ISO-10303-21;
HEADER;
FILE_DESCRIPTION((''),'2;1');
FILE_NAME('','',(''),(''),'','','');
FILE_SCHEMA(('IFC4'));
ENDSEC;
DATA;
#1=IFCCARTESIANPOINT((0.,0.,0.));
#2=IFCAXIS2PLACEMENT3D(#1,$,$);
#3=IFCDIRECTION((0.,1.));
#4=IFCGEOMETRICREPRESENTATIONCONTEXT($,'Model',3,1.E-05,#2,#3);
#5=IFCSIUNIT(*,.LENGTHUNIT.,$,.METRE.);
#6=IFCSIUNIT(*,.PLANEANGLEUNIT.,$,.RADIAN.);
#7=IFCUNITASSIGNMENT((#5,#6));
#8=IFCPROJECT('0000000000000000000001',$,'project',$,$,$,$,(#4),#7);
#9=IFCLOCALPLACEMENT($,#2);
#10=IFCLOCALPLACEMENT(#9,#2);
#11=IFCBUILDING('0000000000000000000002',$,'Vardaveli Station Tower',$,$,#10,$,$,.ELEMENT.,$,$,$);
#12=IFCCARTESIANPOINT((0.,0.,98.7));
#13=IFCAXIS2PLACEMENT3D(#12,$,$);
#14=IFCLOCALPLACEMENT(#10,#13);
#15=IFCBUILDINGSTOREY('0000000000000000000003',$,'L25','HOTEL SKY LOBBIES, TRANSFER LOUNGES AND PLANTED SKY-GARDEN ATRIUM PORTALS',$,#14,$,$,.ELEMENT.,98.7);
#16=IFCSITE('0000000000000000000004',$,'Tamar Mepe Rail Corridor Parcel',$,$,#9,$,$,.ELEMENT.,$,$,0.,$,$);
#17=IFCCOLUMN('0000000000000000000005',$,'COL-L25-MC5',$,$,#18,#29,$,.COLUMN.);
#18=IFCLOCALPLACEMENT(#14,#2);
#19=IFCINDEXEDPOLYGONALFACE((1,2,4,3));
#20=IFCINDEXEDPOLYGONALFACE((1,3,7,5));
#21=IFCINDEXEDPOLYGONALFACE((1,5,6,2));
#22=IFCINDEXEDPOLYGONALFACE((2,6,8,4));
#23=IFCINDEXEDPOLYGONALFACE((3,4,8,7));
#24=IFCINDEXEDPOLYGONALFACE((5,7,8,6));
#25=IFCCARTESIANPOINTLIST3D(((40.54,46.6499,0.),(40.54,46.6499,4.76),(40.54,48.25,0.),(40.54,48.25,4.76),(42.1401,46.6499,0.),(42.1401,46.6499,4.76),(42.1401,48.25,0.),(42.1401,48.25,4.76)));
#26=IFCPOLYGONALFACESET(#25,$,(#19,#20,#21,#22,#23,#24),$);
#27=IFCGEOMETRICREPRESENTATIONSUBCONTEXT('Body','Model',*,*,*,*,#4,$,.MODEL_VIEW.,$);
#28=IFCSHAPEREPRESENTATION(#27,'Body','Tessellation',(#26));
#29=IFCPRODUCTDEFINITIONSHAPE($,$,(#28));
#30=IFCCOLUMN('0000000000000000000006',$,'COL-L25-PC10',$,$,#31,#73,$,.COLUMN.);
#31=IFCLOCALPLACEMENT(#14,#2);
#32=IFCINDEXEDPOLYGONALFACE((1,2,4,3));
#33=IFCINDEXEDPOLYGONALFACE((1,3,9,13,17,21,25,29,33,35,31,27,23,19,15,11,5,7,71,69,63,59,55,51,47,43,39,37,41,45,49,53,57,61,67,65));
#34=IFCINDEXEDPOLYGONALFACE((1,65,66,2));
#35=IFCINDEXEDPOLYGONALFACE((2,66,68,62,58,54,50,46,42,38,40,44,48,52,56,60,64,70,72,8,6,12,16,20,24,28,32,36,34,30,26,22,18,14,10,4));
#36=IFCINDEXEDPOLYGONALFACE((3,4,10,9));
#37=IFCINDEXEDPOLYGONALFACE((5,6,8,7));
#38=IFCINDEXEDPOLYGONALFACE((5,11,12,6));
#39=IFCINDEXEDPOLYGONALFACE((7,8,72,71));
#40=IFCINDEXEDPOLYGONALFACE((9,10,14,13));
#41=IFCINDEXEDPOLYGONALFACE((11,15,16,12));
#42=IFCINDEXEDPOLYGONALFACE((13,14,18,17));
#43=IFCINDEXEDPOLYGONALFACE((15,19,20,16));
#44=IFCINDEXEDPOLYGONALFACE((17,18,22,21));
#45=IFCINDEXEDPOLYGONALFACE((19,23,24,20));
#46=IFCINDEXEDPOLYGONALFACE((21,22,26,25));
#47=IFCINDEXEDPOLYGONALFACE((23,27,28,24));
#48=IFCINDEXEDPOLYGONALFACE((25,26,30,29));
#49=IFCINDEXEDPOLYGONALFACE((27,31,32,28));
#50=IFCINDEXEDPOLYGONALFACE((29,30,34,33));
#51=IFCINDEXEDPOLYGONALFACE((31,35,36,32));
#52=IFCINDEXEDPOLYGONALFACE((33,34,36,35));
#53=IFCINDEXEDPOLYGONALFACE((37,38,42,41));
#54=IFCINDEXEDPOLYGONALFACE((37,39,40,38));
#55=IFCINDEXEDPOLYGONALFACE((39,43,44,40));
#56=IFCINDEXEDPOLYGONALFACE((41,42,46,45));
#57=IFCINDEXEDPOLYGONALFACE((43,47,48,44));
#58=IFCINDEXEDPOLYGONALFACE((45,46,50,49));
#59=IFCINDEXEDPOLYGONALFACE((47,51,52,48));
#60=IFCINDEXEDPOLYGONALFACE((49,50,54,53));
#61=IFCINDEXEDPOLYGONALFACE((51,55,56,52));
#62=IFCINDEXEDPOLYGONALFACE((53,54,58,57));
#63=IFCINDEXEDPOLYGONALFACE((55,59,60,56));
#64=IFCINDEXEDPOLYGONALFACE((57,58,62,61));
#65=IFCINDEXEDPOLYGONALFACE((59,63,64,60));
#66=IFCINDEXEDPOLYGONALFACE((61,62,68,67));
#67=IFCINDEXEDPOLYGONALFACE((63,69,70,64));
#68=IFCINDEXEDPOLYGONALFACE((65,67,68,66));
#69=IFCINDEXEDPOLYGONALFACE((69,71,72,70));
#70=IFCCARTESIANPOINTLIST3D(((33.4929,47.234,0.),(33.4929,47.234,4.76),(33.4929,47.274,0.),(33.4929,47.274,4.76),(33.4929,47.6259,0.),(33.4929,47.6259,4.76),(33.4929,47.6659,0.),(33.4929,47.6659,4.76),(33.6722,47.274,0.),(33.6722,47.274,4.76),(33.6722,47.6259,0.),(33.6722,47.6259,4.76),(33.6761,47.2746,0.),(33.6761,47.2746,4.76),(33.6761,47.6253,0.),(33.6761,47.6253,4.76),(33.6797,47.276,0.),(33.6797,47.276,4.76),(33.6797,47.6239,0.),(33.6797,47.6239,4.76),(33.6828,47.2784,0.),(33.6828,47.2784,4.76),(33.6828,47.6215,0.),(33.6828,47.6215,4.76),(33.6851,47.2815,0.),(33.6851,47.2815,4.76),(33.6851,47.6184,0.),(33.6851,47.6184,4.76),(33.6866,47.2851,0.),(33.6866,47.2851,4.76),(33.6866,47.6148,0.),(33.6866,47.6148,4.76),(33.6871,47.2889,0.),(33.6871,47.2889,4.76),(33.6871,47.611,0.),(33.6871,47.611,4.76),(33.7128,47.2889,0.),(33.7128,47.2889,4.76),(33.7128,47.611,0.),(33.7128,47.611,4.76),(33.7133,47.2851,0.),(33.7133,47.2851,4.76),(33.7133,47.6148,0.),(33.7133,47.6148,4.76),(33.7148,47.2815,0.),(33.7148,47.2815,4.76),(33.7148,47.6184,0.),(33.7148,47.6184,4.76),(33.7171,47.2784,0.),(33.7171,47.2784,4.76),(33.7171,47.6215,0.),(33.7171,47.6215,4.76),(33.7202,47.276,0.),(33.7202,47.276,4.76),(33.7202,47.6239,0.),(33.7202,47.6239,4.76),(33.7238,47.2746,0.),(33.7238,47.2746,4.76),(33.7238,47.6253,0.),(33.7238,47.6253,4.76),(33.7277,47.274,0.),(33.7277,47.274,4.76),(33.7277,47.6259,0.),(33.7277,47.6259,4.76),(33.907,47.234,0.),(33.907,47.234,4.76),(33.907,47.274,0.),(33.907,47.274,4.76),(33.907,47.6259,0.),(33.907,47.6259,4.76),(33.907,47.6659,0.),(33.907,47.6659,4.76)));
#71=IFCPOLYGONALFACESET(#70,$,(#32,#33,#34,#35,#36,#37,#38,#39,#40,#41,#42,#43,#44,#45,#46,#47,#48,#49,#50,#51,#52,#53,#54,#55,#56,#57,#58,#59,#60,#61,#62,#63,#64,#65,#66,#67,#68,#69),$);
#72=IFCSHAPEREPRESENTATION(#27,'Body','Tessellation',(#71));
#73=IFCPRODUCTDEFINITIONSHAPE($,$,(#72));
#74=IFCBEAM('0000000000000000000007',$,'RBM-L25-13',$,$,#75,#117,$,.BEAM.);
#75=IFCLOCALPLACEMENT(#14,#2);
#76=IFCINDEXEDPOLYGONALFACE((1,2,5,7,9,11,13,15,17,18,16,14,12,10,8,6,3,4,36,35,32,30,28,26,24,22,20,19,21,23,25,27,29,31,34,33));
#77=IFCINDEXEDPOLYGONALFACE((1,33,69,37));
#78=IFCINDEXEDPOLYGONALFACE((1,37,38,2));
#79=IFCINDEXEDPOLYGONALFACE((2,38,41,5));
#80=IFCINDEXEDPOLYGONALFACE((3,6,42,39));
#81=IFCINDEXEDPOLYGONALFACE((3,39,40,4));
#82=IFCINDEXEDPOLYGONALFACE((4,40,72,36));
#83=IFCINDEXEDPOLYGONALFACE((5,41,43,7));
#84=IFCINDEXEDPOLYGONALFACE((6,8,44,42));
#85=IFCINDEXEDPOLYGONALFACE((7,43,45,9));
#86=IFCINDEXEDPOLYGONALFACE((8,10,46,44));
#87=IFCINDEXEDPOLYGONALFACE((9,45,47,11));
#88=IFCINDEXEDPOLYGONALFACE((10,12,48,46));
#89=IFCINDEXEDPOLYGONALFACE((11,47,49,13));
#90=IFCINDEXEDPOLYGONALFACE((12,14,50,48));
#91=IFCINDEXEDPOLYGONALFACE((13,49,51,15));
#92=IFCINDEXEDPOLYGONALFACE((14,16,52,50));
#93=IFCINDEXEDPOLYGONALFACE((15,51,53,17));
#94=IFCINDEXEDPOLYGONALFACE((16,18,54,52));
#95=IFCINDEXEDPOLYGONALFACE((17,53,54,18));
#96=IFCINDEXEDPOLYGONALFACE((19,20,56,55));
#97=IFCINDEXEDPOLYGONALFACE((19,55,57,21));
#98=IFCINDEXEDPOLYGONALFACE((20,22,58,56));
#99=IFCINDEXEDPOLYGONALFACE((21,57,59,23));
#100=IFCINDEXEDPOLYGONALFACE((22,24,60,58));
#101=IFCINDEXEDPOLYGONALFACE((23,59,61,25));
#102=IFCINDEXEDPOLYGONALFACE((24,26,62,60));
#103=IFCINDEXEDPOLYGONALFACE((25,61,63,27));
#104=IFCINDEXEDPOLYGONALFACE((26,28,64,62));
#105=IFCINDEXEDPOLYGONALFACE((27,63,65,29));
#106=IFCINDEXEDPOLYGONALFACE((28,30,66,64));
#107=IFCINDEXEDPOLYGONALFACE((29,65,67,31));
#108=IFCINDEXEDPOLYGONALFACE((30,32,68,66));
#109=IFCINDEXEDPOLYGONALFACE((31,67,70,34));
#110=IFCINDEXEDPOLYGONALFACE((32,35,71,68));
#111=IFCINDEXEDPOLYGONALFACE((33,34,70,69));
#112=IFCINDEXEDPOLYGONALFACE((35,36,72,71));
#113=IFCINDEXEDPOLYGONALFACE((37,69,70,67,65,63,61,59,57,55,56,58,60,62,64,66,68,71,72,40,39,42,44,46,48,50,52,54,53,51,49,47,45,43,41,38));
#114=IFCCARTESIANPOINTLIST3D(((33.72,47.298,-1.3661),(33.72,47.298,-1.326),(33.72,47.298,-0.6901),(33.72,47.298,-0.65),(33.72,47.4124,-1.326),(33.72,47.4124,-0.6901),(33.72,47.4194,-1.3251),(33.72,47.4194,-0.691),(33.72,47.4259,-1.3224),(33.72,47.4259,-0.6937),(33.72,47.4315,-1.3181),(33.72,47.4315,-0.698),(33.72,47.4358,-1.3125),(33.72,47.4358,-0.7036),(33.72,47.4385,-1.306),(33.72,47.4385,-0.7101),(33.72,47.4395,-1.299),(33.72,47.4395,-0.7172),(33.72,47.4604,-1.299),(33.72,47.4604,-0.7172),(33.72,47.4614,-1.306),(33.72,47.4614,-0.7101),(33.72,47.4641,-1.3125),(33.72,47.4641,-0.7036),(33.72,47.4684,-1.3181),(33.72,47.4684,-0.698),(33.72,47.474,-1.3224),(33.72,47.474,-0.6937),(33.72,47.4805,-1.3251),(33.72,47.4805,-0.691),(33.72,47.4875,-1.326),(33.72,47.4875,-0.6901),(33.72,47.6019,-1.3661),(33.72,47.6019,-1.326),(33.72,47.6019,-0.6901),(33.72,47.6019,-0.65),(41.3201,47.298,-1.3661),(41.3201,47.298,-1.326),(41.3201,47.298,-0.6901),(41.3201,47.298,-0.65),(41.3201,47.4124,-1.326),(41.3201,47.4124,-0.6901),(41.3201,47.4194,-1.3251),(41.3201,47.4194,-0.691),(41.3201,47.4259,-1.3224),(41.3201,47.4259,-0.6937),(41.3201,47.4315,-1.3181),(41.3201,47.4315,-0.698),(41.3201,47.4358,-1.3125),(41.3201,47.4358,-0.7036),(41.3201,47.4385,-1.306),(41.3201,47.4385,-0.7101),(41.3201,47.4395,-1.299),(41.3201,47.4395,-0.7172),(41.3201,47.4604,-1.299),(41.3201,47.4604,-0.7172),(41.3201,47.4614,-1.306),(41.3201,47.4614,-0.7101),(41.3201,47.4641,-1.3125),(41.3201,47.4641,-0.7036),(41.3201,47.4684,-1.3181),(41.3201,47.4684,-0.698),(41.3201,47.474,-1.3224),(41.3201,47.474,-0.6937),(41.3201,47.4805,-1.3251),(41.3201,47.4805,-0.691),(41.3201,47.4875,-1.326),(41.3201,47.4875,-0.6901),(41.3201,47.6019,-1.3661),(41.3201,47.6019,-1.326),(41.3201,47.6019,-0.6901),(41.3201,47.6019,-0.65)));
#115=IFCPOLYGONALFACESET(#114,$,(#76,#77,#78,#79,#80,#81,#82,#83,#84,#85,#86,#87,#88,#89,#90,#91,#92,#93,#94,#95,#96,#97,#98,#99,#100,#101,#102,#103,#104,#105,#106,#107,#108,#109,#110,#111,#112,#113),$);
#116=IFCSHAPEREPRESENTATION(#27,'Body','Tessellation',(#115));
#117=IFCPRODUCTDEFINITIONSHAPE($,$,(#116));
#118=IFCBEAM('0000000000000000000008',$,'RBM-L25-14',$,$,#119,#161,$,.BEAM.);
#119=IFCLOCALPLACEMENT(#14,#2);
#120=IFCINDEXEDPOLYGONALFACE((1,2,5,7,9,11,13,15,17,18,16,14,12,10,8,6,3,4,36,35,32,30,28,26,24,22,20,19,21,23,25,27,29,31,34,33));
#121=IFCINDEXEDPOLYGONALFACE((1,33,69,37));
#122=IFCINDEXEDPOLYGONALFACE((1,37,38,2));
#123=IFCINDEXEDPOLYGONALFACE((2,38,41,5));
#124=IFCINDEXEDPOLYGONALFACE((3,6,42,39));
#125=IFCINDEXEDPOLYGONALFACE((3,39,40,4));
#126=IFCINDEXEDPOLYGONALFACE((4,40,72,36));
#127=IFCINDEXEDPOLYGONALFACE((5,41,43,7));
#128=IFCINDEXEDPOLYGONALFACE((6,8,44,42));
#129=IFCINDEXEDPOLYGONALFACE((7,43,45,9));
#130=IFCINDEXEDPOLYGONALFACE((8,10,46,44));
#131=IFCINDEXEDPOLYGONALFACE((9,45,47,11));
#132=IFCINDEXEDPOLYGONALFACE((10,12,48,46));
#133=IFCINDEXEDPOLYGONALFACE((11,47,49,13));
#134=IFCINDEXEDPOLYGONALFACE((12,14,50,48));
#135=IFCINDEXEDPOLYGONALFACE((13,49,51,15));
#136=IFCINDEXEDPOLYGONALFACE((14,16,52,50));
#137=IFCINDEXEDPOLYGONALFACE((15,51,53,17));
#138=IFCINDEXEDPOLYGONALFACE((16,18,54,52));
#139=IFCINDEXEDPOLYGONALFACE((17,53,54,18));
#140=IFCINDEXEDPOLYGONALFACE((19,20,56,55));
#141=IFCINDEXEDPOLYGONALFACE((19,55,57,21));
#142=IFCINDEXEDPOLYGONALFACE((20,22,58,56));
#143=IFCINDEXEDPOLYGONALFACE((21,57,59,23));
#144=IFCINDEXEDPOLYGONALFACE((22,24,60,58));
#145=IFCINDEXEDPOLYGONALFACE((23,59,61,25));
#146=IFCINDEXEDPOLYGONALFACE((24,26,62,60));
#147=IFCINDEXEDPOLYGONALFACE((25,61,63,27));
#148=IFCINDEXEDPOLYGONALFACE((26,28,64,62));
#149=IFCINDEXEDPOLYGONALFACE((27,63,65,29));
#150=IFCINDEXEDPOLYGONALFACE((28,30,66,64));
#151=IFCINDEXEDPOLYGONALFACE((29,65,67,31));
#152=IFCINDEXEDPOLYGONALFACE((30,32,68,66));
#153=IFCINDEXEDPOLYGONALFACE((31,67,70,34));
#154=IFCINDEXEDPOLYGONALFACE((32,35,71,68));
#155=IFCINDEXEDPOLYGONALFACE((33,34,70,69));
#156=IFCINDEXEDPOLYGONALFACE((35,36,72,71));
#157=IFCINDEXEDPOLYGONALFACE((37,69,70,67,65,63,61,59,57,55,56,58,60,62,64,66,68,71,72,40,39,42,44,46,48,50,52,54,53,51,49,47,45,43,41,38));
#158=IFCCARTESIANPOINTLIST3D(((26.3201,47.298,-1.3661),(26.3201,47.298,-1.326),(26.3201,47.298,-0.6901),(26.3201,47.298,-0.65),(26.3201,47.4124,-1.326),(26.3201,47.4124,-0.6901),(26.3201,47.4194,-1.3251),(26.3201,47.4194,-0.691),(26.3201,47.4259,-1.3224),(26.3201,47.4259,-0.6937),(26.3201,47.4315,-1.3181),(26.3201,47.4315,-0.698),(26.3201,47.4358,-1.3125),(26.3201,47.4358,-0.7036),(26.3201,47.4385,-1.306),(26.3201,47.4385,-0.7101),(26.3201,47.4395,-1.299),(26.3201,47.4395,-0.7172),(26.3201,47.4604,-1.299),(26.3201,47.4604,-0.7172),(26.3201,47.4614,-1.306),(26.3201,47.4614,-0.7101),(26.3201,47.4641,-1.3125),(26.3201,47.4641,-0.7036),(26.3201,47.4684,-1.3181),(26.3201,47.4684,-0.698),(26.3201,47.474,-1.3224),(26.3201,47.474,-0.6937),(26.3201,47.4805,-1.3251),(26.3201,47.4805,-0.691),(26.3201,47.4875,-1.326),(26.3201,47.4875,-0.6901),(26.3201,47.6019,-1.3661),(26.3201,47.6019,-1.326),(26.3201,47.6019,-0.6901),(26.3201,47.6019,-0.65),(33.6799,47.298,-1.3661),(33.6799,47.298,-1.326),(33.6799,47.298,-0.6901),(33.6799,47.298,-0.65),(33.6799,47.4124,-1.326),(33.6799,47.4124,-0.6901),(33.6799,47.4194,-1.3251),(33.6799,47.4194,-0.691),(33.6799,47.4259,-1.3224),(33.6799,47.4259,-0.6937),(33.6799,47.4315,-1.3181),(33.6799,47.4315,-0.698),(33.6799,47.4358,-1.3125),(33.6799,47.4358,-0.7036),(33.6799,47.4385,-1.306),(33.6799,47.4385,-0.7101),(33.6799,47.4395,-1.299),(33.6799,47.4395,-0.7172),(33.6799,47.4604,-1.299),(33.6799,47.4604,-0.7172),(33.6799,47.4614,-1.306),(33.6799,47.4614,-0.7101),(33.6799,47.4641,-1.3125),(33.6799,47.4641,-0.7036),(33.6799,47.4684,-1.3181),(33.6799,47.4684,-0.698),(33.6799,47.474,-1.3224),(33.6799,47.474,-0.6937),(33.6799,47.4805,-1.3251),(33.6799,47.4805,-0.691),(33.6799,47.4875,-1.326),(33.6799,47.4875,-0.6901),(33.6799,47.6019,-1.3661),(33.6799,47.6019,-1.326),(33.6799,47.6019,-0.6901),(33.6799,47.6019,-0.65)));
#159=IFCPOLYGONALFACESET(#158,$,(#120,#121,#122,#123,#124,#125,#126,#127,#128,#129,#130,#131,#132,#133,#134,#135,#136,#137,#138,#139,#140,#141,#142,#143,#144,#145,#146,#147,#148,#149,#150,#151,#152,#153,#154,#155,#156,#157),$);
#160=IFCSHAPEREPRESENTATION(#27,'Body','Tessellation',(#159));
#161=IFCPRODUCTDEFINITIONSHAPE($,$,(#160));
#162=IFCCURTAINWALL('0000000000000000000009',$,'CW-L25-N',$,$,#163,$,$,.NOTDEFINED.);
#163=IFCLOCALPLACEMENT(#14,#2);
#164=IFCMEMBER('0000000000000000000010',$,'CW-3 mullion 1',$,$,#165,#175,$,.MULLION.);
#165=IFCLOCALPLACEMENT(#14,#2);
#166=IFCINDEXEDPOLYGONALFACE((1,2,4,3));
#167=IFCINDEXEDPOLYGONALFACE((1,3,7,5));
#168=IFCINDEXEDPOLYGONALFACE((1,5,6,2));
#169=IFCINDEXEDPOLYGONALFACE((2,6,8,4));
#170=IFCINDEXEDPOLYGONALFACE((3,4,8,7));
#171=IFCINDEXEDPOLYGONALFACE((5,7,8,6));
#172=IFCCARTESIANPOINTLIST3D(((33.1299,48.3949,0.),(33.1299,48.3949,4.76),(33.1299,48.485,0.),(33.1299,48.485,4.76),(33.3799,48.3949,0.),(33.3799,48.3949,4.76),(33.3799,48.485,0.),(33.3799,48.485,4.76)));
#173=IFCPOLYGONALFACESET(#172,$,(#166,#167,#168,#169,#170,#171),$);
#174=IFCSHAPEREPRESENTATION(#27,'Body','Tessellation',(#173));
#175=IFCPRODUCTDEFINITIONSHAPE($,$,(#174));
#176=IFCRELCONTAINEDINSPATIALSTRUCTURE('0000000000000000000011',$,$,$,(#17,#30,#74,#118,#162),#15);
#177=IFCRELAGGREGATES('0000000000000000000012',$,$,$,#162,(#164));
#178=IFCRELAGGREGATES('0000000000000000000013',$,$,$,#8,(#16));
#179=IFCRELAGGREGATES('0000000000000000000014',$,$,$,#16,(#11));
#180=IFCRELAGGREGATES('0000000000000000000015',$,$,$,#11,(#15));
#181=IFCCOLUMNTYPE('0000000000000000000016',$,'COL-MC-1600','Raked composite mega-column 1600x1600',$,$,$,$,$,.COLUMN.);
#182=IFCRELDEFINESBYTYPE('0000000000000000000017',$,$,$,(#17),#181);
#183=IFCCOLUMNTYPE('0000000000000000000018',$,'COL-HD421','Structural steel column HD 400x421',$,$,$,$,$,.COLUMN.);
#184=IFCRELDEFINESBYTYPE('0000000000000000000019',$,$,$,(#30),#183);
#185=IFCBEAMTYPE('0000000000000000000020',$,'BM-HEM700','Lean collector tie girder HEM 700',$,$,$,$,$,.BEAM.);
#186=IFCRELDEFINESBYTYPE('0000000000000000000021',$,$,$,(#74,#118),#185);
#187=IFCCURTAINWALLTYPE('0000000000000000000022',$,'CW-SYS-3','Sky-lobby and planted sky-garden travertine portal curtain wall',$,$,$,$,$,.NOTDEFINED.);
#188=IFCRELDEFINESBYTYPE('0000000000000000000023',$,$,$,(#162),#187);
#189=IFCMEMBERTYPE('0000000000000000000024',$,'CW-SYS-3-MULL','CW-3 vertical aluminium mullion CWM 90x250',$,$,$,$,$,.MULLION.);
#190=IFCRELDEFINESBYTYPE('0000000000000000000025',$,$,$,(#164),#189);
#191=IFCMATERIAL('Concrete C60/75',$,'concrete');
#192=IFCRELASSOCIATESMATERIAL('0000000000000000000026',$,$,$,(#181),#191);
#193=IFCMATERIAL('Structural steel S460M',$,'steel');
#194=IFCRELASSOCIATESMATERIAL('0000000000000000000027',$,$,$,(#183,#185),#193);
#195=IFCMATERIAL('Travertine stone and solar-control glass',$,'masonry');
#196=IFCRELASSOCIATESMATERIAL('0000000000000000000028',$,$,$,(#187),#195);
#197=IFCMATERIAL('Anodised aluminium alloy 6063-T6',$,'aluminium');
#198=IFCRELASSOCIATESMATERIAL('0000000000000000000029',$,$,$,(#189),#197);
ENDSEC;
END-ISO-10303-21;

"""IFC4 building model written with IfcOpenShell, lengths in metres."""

from ifc_helpers import new_model, si_unit, direction, frame, origin, origin_2d, place, context, subcontext, project, spatial, rectangle, i_section, extrude, source, transform, mapped, material, material_profile, profile_set, type_object, element, aggregate, save


model = new_model("IFC4")

# Units and contexts
model_context = context("Model", 3, precision=1e-05, world=origin(), true_north=direction((0.0, 1.0)))
body_context = subcontext(model_context, "Body", "Model", "MODEL_VIEW")
ifc_project = project(units=[si_unit("LENGTHUNIT", "METRE"), si_unit("PLANEANGLEUNIT", "RADIAN")], contexts=[model_context])

# Site, building, storey
site_placement = place(None, origin())
site = spatial("IfcSite", under=ifc_project, at=site_placement, Name="Tamar Mepe Rail Corridor Parcel", CompositionType="ELEMENT", RefElevation=0.0)
building_placement = place(site_placement, origin())
building = spatial("IfcBuilding", under=site, at=building_placement, Name="Vardaveli Station Tower", CompositionType="ELEMENT")
storey_placement = place(building_placement, frame((0.0, 0.0, 98.7)))
storey = spatial("IfcBuildingStorey", under=building, at=storey_placement, Name="L25", Description="HOTEL SKY LOBBIES, TRANSFER LOUNGES AND PLANTED SKY-GARDEN ATRIUM PORTALS", CompositionType="ELEMENT", Elevation=98.7)

# Columns
ifc_material_1 = material(Name="Concrete C60/75", Category="concrete")
ifc_material_profile_1 = material_profile(ifc_material_1, rectangle(XDim=1.6001, YDim=1.6001, at=origin_2d()), Name="MC 1600x1600")
ifc_profile_set_1 = profile_set([ifc_material_profile_1], Name="Concrete C60/75")
column_type_1 = type_object("IfcColumnType", Name="COL-MC-1600", Description="Raked composite mega-column 1600x1600", PredefinedType="COLUMN", material=ifc_profile_set_1)
shared_shape_1 = source(origin(), body_context, "Body", "SweptSolid", [
    extrude(rectangle(XDim=1.6001, YDim=1.6001, at=origin_2d()), origin(), (0.0, 0.0, 1.0), 4.76),
])
column_1_placement = place(storey_placement, frame((41.3401, 47.45, 0.0), z_axis=(0.0, 0.0, 1.0), x_axis=(1.0, 0.0, 0.0)))
element("IfcColumn", 1, at=column_1_placement, inside=storey, type_object=column_type_1, Name="COL-L25-MC5", PredefinedType="COLUMN", context=body_context, shape_type="MappedRepresentation", body=[
    mapped(shared_shape_1, transform((0.0, 0.0, 0.0), scale=1.0)),
])
ifc_material_2 = material(Name="Structural steel S460M", Category="steel")
ifc_material_profile_2 = material_profile(ifc_material_2, i_section(OverallWidth=0.4141, OverallDepth=0.4319, WebThickness=0.0256, FlangeThickness=0.04, FilletRadius=0.0149, at=origin_2d()), Name="HD 400x421")
ifc_profile_set_2 = profile_set([ifc_material_profile_2], Name="Structural steel S460M")
column_type_2 = type_object("IfcColumnType", Name="COL-HD421", Description="Structural steel column HD 400x421", PredefinedType="COLUMN", material=ifc_profile_set_2)
shared_shape_2 = source(origin(), body_context, "Body", "SweptSolid", [
    extrude(i_section(OverallWidth=0.4141, OverallDepth=0.4319, WebThickness=0.0256, FlangeThickness=0.04, FilletRadius=0.0149, at=origin_2d()), origin(), (0.0, 0.0, 1.0), 4.76),
])
column_2_placement = place(storey_placement, frame((33.7, 47.45, 0.0), z_axis=(0.0, 0.0, 1.0), x_axis=(1.0, 0.0, 0.0)))
element("IfcColumn", 2, at=column_2_placement, inside=storey, type_object=column_type_2, Name="COL-L25-PC10", PredefinedType="COLUMN", context=body_context, shape_type="MappedRepresentation", body=[
    mapped(shared_shape_2, transform((0.0, 0.0, 0.0), scale=1.0)),
])

# Beams
ifc_material_profile_3 = material_profile(ifc_material_2, i_section(OverallWidth=0.304, OverallDepth=0.7161, WebThickness=0.021, FlangeThickness=0.04, FilletRadius=0.0271, at=origin_2d()), Name="HEM 700")
ifc_profile_set_3 = profile_set([ifc_material_profile_3], Name="Structural steel S460M")
beam_type = type_object("IfcBeamType", Name="BM-HEM700", Description="Lean collector tie girder HEM 700", PredefinedType="BEAM", material=ifc_profile_set_3)
shared_shape_3 = source(origin(), body_context, "Body", "SweptSolid", [
    extrude(i_section(OverallWidth=0.304, OverallDepth=0.7161, WebThickness=0.021, FlangeThickness=0.04, FilletRadius=0.0271, at=origin_2d()), origin(), (0.0, 0.0, 1.0), 7.6001),
])
beam_1_placement = place(storey_placement, frame((41.3201, 47.45, -1.0081), z_axis=(-1.0, 0.0, 0.0), x_axis=(0.0, -1.0, 0.0)))
element("IfcBeam", 3, at=beam_1_placement, inside=storey, type_object=beam_type, Name="RBM-L25-13", PredefinedType="BEAM", context=body_context, shape_type="MappedRepresentation", body=[
    mapped(shared_shape_3, transform((0.0, 0.0, 0.0), scale=1.0)),
])
shared_shape_4 = source(origin(), body_context, "Body", "SweptSolid", [
    extrude(i_section(OverallWidth=0.304, OverallDepth=0.7161, WebThickness=0.021, FlangeThickness=0.04, FilletRadius=0.0271, at=origin_2d()), origin(), (0.0, 0.0, 1.0), 7.3599),
])
beam_2_placement = place(storey_placement, frame((33.6799, 47.45, -1.0081), z_axis=(-1.0, 0.0, 0.0), x_axis=(0.0, -1.0, 0.0)))
element("IfcBeam", 4, at=beam_2_placement, inside=storey, type_object=beam_type, Name="RBM-L25-14", PredefinedType="BEAM", context=body_context, shape_type="MappedRepresentation", body=[
    mapped(shared_shape_4, transform((0.0, 0.0, 0.0), scale=1.0)),
])

# Curtain wall, member
ifc_material_3 = material(Name="Travertine stone and solar-control glass", Category="masonry")
curtain_wall_type = type_object("IfcCurtainWallType", Name="CW-SYS-3", Description="Sky-lobby and planted sky-garden travertine portal curtain wall", PredefinedType="NOTDEFINED", material=ifc_material_3)
curtain_wall_placement = place(storey_placement, origin())
curtain_wall = element("IfcCurtainWall", 5, at=curtain_wall_placement, inside=storey, type_object=curtain_wall_type, Name="CW-L25-N", PredefinedType="NOTDEFINED")
ifc_material_4 = material(Name="Anodised aluminium alloy 6063-T6", Category="aluminium")
ifc_material_profile_4 = material_profile(ifc_material_4, rectangle(XDim=0.0901, YDim=0.25, at=origin_2d()), Name="CWM 90x250")
ifc_profile_set_4 = profile_set([ifc_material_profile_4], Name="Anodised aluminium alloy 6063-T6")
member_type = type_object("IfcMemberType", Name="CW-SYS-3-MULL", Description="CW-3 vertical aluminium mullion CWM 90x250", PredefinedType="MULLION", material=ifc_profile_set_4)
shared_shape_5 = source(origin(), body_context, "Body", "SweptSolid", [
    extrude(rectangle(XDim=0.0901, YDim=0.25, at=origin_2d()), origin(), (0.0, 0.0, 1.0), 4.76),
])
member_placement = place(storey_placement, frame((33.2549, 48.4399, 0.0), z_axis=(0.0, 0.0, 1.0), x_axis=(0.0, -1.0, 0.0)))
member = element("IfcMember", 6, at=member_placement, type_object=member_type, Name="CW-3 mullion 1", PredefinedType="MULLION", context=body_context, shape_type="MappedRepresentation", body=[
    mapped(shared_shape_5, transform((0.0, 0.0, 0.0), scale=1.0)),
])
aggregate(curtain_wall, [member])

save(model, "model.ifc")
